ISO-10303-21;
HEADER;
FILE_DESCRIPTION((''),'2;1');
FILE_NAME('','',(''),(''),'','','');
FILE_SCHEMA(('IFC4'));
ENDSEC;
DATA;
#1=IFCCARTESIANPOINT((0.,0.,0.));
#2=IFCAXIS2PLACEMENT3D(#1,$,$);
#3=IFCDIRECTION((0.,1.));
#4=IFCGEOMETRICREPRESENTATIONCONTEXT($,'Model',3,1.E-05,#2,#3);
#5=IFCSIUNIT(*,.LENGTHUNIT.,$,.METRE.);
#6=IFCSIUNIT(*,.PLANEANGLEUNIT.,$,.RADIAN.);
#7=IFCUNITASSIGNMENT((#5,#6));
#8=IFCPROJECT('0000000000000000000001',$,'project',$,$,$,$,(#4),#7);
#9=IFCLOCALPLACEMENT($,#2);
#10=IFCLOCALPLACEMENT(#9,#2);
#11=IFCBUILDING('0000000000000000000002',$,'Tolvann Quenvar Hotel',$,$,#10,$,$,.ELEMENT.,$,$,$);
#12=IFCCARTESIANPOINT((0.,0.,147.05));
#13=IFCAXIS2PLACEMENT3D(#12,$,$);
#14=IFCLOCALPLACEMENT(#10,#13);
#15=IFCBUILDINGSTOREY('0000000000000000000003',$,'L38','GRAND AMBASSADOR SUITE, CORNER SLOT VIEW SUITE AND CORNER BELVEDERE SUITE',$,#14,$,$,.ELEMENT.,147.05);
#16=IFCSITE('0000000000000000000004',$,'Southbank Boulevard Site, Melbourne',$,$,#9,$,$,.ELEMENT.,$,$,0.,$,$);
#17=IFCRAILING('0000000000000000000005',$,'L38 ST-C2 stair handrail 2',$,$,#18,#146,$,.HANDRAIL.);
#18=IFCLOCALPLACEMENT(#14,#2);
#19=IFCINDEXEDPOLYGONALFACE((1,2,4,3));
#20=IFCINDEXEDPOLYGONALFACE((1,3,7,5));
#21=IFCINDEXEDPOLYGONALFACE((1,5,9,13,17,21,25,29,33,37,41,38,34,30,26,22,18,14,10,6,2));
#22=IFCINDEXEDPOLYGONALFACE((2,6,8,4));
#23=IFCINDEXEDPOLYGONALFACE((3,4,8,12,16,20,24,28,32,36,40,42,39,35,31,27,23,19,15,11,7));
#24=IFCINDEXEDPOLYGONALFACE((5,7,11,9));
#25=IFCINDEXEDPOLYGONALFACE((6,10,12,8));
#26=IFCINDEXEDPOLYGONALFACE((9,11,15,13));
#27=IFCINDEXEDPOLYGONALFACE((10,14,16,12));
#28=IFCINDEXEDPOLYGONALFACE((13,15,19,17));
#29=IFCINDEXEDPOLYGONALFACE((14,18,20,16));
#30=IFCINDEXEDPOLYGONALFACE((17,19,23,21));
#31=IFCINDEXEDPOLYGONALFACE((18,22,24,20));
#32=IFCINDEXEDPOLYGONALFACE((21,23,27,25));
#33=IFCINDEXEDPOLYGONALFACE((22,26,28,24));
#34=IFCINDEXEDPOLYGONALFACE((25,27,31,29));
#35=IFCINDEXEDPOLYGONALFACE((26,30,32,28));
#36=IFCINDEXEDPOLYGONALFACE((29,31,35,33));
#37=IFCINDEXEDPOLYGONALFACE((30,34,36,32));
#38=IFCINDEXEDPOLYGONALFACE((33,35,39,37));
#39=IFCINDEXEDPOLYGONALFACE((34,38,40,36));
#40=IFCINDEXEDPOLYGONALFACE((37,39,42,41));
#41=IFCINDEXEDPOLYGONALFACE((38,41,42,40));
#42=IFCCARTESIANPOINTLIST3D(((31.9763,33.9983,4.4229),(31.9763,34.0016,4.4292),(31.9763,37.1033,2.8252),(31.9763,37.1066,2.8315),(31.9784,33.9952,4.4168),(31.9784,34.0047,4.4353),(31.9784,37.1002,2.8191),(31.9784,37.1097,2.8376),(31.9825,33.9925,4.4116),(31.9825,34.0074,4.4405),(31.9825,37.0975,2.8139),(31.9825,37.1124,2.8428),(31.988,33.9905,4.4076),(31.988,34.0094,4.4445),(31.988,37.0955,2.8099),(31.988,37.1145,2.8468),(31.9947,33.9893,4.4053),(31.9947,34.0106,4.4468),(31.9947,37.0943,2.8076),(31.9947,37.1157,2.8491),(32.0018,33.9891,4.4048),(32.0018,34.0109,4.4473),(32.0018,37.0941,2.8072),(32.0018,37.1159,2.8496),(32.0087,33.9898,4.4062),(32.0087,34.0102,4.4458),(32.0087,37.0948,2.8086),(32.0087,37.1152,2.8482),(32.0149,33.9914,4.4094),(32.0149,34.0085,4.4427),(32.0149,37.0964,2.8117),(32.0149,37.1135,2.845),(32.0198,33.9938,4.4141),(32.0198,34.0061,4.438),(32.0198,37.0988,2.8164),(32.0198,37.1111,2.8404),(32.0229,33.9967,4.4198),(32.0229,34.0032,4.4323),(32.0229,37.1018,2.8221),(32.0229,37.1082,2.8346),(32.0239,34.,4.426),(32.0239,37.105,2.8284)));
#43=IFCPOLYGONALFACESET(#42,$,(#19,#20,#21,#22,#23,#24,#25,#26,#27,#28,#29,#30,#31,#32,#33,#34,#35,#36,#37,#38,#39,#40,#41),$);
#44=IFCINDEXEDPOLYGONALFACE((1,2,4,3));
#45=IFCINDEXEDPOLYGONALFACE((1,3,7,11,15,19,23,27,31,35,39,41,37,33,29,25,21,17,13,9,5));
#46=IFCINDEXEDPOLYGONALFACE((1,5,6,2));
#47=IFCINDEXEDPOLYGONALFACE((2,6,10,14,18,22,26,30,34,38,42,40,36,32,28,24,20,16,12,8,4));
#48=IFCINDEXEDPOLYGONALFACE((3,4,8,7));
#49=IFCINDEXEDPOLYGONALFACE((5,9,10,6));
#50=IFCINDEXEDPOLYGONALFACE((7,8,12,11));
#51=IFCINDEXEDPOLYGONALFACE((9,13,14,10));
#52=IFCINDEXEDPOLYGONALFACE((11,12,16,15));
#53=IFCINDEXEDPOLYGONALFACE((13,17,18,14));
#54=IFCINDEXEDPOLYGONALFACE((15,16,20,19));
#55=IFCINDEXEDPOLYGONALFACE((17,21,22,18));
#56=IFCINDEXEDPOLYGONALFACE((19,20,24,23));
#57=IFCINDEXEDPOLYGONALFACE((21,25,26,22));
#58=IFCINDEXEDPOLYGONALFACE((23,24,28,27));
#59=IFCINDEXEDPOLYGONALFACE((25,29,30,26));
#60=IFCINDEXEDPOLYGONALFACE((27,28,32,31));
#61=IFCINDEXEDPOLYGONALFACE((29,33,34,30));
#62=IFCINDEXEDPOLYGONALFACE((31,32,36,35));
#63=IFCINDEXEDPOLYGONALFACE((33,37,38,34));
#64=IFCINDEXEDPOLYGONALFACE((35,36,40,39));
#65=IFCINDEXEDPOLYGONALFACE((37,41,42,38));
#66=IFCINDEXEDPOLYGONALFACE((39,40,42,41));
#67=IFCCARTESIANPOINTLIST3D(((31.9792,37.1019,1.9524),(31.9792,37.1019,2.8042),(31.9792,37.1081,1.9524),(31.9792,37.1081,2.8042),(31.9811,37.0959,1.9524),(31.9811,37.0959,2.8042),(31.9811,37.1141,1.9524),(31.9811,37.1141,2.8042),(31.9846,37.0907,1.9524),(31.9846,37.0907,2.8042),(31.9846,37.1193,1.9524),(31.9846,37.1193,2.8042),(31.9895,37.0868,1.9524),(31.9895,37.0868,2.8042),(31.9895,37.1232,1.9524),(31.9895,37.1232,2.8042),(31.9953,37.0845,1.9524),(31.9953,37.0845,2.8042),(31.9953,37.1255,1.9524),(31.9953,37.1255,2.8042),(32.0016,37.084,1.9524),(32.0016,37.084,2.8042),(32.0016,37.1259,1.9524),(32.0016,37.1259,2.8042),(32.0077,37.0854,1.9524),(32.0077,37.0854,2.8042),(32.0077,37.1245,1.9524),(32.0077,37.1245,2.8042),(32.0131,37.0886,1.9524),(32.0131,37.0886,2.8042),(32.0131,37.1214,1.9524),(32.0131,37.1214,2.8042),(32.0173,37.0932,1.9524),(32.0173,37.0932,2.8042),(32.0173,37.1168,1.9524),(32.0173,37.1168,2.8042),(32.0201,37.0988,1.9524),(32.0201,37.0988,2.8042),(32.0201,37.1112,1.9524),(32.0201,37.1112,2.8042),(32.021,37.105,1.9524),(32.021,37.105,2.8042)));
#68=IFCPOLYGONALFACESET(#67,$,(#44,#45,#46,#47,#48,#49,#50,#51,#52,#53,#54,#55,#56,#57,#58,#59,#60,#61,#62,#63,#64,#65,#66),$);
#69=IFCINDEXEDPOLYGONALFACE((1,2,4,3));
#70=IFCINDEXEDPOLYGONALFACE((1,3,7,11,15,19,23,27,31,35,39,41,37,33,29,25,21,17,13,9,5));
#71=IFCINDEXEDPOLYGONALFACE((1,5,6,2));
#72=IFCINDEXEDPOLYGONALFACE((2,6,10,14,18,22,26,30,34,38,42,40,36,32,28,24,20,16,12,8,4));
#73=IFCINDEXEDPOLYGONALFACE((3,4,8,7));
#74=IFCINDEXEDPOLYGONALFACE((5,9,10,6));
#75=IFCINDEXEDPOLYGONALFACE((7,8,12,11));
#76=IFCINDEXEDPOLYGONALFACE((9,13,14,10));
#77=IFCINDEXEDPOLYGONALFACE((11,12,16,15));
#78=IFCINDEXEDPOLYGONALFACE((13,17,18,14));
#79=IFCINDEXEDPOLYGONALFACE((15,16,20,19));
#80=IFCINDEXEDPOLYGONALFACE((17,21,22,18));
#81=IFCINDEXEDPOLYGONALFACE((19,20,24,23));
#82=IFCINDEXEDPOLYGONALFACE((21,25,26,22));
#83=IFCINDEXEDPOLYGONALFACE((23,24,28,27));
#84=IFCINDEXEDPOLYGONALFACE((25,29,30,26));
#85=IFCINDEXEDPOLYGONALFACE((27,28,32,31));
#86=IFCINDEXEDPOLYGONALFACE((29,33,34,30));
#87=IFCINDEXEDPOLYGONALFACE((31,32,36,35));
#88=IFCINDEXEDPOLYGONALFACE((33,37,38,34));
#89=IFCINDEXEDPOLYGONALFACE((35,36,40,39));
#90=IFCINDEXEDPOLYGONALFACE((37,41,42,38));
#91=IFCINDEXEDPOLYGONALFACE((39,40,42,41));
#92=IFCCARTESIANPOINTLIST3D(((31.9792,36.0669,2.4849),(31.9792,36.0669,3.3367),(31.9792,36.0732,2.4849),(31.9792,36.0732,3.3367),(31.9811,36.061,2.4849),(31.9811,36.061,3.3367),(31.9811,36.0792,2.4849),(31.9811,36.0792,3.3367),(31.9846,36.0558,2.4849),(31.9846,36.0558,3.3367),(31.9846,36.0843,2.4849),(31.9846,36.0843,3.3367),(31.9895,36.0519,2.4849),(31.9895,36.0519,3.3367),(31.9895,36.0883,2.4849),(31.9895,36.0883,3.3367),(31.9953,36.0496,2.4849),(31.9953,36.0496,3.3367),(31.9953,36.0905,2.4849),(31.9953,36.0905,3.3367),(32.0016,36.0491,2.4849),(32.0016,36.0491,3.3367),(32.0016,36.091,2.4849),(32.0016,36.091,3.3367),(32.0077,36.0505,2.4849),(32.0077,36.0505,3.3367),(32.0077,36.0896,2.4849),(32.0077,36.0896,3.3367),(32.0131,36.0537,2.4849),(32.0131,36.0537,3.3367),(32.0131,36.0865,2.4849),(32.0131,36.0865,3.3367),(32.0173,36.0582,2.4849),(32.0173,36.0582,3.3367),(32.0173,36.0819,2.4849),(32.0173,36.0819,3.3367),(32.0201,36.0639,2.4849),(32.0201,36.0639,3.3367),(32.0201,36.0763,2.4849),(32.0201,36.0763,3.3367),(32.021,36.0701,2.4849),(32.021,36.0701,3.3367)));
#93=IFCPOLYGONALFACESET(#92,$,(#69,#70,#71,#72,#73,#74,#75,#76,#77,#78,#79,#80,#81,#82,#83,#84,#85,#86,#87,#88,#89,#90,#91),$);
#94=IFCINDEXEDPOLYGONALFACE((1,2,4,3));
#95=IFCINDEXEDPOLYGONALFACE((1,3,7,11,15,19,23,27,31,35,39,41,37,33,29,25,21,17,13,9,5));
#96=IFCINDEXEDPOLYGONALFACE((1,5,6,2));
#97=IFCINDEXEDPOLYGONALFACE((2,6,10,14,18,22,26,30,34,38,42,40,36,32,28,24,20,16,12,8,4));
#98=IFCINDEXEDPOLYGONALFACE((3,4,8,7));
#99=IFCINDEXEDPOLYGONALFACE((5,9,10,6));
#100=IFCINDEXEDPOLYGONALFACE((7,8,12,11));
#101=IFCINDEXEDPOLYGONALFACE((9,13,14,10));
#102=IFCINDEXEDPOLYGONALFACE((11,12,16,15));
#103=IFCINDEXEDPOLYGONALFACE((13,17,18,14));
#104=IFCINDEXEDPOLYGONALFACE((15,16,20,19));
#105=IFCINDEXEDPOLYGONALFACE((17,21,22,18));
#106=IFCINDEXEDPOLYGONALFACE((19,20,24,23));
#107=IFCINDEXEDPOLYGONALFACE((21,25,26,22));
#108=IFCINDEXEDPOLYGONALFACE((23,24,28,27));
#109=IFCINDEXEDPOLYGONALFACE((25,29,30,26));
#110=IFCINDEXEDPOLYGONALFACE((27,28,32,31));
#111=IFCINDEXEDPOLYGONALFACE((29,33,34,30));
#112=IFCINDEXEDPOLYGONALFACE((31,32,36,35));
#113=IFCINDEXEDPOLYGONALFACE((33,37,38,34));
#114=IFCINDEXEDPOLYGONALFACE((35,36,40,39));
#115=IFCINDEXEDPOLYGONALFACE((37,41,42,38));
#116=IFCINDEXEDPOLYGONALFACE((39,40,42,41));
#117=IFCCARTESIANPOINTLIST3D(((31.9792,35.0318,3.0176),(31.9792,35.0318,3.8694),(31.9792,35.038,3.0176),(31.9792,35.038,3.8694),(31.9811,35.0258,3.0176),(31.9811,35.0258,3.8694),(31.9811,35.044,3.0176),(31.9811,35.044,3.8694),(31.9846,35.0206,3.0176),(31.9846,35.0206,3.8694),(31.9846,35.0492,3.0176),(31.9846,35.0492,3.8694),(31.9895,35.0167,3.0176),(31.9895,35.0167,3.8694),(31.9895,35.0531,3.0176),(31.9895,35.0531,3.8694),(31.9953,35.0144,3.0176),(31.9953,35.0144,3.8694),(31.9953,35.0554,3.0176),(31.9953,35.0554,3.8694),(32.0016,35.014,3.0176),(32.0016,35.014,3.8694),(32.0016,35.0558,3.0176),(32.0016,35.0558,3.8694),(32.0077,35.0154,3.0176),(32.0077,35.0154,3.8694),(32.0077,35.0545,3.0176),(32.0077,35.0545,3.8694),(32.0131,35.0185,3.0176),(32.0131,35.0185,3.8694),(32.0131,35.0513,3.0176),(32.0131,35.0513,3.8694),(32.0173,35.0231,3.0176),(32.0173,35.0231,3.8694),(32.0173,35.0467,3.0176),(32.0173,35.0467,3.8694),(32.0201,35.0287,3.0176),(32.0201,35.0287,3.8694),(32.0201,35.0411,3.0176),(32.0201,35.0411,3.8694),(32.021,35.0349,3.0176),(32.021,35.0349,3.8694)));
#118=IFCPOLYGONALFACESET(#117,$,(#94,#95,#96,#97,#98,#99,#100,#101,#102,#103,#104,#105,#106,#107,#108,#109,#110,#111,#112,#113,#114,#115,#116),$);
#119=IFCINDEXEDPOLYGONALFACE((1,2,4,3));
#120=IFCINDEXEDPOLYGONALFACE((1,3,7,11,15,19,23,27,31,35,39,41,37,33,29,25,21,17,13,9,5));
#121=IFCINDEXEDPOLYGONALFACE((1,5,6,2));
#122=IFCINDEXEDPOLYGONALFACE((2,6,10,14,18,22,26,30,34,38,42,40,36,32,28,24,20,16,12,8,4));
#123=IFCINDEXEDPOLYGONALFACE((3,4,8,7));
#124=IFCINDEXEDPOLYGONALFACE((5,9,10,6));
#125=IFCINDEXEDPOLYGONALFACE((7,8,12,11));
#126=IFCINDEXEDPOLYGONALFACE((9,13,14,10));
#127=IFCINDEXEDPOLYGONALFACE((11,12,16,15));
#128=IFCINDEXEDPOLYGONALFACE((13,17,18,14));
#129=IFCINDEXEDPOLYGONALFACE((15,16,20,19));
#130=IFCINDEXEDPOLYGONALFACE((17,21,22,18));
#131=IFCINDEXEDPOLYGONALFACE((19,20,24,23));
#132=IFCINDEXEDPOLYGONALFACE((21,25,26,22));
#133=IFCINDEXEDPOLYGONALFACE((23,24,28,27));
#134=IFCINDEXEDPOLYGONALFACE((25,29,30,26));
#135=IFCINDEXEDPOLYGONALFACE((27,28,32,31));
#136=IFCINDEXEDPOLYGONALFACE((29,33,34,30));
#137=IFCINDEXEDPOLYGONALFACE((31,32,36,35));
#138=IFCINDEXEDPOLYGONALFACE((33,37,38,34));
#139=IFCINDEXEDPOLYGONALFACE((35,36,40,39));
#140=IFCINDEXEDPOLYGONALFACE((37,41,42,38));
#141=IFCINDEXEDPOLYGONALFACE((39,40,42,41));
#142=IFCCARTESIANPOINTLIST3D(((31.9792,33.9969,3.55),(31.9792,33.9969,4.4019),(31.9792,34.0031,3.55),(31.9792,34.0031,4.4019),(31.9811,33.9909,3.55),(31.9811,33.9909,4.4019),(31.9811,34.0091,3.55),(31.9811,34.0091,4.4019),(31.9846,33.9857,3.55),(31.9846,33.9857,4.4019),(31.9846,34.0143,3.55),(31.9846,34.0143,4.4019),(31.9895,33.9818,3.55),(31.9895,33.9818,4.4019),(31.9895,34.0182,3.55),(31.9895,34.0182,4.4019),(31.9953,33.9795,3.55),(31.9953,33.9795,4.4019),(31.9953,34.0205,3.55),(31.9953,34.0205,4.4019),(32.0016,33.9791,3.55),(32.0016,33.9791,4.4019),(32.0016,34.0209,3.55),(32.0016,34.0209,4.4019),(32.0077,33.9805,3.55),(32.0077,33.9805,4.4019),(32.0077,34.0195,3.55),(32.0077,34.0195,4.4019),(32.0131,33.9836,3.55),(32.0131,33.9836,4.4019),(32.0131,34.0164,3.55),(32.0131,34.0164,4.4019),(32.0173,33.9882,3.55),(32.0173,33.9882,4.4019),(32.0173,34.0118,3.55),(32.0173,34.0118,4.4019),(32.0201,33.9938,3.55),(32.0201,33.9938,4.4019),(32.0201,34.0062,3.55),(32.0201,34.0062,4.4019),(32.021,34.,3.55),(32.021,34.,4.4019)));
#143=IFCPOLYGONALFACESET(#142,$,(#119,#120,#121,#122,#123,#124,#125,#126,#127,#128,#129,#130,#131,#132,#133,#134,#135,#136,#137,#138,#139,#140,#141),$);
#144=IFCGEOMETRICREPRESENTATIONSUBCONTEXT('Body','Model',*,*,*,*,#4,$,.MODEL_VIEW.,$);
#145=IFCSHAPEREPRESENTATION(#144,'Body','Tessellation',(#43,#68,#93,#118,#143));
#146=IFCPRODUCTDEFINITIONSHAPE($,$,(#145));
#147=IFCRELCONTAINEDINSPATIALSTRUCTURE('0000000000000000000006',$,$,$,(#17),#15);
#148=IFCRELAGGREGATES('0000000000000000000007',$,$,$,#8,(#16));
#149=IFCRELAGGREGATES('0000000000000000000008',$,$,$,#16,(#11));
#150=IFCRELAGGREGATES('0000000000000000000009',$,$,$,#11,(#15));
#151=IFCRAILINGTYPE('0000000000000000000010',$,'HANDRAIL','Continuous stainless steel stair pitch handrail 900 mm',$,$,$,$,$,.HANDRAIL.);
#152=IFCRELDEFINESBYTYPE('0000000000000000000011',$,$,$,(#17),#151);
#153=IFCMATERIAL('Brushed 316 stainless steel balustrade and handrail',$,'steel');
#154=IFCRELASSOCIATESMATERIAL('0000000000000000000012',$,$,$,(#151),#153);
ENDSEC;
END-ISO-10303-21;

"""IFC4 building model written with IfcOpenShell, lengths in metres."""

from ifc_helpers import new_model, si_unit, direction, frame, origin, origin_2d, place, context, subcontext, project, spatial, circle, extrude, material, type_object, element, save


model = new_model("IFC4")

# Units and contexts
model_context = context("Model", 3, precision=1e-05, world=origin(), true_north=direction((0.0, 1.0)))
body_context = subcontext(model_context, "Body", "Model", "MODEL_VIEW")
ifc_project = project(units=[si_unit("LENGTHUNIT", "METRE"), si_unit("PLANEANGLEUNIT", "RADIAN")], contexts=[model_context])

# Site, building, storey
site_placement = place(None, origin())
site = spatial("IfcSite", under=ifc_project, at=site_placement, Name="Southbank Boulevard Site, Melbourne", CompositionType="ELEMENT", RefElevation=0.0)
building_placement = place(site_placement, origin())
building = spatial("IfcBuilding", under=site, at=building_placement, Name="Tolvann Quenvar Hotel", CompositionType="ELEMENT")
storey_placement = place(building_placement, frame((0.0, 0.0, 147.05)))
storey = spatial("IfcBuildingStorey", under=building, at=storey_placement, Name="L38", Description="GRAND AMBASSADOR SUITE, CORNER SLOT VIEW SUITE AND CORNER BELVEDERE SUITE", CompositionType="ELEMENT", Elevation=147.05)

# Railing
ifc_material_1 = material(Name="Brushed 316 stainless steel balustrade and handrail", Category="steel")
railing_type_1 = type_object("IfcRailingType", Name="HANDRAIL", Description="Continuous stainless steel stair pitch handrail 900 mm", PredefinedType="HANDRAIL", material=ifc_material_1)
railing_1_placement = place(storey_placement, frame((32.0, 37.105, 1.9524)))
element("IfcRailing", 1, at=railing_1_placement, inside=storey, type_object=railing_type_1, Name="L38 ST-C2 stair handrail 2", PredefinedType="HANDRAIL", context=body_context, shape_type="SweptSolid", body=[
    extrude(circle(Radius=0.0239, at=origin_2d()), frame((0.0, 0.0, 0.876), z_axis=(0.0, -0.889194, 0.457531), x_axis=(1.0, 0.0, 0.0)), (0.0, 0.0, 1.0), 3.4919),
    extrude(circle(Radius=0.021, at=origin_2d()), origin(), (0.0, 0.0, 1.0), 0.8518),
    extrude(circle(Radius=0.021, at=origin_2d()), frame((0.0, -1.0349, 0.5325)), (0.0, 0.0, 1.0), 0.8518),
    extrude(circle(Radius=0.021, at=origin_2d()), frame((0.0, -2.0701, 1.0652)), (0.0, 0.0, 1.0), 0.8518),
    extrude(circle(Radius=0.021, at=origin_2d()), frame((0.0, -3.105, 1.5977)), (0.0, 0.0, 1.0), 0.8518),
])

save(model, "model.ifc")
